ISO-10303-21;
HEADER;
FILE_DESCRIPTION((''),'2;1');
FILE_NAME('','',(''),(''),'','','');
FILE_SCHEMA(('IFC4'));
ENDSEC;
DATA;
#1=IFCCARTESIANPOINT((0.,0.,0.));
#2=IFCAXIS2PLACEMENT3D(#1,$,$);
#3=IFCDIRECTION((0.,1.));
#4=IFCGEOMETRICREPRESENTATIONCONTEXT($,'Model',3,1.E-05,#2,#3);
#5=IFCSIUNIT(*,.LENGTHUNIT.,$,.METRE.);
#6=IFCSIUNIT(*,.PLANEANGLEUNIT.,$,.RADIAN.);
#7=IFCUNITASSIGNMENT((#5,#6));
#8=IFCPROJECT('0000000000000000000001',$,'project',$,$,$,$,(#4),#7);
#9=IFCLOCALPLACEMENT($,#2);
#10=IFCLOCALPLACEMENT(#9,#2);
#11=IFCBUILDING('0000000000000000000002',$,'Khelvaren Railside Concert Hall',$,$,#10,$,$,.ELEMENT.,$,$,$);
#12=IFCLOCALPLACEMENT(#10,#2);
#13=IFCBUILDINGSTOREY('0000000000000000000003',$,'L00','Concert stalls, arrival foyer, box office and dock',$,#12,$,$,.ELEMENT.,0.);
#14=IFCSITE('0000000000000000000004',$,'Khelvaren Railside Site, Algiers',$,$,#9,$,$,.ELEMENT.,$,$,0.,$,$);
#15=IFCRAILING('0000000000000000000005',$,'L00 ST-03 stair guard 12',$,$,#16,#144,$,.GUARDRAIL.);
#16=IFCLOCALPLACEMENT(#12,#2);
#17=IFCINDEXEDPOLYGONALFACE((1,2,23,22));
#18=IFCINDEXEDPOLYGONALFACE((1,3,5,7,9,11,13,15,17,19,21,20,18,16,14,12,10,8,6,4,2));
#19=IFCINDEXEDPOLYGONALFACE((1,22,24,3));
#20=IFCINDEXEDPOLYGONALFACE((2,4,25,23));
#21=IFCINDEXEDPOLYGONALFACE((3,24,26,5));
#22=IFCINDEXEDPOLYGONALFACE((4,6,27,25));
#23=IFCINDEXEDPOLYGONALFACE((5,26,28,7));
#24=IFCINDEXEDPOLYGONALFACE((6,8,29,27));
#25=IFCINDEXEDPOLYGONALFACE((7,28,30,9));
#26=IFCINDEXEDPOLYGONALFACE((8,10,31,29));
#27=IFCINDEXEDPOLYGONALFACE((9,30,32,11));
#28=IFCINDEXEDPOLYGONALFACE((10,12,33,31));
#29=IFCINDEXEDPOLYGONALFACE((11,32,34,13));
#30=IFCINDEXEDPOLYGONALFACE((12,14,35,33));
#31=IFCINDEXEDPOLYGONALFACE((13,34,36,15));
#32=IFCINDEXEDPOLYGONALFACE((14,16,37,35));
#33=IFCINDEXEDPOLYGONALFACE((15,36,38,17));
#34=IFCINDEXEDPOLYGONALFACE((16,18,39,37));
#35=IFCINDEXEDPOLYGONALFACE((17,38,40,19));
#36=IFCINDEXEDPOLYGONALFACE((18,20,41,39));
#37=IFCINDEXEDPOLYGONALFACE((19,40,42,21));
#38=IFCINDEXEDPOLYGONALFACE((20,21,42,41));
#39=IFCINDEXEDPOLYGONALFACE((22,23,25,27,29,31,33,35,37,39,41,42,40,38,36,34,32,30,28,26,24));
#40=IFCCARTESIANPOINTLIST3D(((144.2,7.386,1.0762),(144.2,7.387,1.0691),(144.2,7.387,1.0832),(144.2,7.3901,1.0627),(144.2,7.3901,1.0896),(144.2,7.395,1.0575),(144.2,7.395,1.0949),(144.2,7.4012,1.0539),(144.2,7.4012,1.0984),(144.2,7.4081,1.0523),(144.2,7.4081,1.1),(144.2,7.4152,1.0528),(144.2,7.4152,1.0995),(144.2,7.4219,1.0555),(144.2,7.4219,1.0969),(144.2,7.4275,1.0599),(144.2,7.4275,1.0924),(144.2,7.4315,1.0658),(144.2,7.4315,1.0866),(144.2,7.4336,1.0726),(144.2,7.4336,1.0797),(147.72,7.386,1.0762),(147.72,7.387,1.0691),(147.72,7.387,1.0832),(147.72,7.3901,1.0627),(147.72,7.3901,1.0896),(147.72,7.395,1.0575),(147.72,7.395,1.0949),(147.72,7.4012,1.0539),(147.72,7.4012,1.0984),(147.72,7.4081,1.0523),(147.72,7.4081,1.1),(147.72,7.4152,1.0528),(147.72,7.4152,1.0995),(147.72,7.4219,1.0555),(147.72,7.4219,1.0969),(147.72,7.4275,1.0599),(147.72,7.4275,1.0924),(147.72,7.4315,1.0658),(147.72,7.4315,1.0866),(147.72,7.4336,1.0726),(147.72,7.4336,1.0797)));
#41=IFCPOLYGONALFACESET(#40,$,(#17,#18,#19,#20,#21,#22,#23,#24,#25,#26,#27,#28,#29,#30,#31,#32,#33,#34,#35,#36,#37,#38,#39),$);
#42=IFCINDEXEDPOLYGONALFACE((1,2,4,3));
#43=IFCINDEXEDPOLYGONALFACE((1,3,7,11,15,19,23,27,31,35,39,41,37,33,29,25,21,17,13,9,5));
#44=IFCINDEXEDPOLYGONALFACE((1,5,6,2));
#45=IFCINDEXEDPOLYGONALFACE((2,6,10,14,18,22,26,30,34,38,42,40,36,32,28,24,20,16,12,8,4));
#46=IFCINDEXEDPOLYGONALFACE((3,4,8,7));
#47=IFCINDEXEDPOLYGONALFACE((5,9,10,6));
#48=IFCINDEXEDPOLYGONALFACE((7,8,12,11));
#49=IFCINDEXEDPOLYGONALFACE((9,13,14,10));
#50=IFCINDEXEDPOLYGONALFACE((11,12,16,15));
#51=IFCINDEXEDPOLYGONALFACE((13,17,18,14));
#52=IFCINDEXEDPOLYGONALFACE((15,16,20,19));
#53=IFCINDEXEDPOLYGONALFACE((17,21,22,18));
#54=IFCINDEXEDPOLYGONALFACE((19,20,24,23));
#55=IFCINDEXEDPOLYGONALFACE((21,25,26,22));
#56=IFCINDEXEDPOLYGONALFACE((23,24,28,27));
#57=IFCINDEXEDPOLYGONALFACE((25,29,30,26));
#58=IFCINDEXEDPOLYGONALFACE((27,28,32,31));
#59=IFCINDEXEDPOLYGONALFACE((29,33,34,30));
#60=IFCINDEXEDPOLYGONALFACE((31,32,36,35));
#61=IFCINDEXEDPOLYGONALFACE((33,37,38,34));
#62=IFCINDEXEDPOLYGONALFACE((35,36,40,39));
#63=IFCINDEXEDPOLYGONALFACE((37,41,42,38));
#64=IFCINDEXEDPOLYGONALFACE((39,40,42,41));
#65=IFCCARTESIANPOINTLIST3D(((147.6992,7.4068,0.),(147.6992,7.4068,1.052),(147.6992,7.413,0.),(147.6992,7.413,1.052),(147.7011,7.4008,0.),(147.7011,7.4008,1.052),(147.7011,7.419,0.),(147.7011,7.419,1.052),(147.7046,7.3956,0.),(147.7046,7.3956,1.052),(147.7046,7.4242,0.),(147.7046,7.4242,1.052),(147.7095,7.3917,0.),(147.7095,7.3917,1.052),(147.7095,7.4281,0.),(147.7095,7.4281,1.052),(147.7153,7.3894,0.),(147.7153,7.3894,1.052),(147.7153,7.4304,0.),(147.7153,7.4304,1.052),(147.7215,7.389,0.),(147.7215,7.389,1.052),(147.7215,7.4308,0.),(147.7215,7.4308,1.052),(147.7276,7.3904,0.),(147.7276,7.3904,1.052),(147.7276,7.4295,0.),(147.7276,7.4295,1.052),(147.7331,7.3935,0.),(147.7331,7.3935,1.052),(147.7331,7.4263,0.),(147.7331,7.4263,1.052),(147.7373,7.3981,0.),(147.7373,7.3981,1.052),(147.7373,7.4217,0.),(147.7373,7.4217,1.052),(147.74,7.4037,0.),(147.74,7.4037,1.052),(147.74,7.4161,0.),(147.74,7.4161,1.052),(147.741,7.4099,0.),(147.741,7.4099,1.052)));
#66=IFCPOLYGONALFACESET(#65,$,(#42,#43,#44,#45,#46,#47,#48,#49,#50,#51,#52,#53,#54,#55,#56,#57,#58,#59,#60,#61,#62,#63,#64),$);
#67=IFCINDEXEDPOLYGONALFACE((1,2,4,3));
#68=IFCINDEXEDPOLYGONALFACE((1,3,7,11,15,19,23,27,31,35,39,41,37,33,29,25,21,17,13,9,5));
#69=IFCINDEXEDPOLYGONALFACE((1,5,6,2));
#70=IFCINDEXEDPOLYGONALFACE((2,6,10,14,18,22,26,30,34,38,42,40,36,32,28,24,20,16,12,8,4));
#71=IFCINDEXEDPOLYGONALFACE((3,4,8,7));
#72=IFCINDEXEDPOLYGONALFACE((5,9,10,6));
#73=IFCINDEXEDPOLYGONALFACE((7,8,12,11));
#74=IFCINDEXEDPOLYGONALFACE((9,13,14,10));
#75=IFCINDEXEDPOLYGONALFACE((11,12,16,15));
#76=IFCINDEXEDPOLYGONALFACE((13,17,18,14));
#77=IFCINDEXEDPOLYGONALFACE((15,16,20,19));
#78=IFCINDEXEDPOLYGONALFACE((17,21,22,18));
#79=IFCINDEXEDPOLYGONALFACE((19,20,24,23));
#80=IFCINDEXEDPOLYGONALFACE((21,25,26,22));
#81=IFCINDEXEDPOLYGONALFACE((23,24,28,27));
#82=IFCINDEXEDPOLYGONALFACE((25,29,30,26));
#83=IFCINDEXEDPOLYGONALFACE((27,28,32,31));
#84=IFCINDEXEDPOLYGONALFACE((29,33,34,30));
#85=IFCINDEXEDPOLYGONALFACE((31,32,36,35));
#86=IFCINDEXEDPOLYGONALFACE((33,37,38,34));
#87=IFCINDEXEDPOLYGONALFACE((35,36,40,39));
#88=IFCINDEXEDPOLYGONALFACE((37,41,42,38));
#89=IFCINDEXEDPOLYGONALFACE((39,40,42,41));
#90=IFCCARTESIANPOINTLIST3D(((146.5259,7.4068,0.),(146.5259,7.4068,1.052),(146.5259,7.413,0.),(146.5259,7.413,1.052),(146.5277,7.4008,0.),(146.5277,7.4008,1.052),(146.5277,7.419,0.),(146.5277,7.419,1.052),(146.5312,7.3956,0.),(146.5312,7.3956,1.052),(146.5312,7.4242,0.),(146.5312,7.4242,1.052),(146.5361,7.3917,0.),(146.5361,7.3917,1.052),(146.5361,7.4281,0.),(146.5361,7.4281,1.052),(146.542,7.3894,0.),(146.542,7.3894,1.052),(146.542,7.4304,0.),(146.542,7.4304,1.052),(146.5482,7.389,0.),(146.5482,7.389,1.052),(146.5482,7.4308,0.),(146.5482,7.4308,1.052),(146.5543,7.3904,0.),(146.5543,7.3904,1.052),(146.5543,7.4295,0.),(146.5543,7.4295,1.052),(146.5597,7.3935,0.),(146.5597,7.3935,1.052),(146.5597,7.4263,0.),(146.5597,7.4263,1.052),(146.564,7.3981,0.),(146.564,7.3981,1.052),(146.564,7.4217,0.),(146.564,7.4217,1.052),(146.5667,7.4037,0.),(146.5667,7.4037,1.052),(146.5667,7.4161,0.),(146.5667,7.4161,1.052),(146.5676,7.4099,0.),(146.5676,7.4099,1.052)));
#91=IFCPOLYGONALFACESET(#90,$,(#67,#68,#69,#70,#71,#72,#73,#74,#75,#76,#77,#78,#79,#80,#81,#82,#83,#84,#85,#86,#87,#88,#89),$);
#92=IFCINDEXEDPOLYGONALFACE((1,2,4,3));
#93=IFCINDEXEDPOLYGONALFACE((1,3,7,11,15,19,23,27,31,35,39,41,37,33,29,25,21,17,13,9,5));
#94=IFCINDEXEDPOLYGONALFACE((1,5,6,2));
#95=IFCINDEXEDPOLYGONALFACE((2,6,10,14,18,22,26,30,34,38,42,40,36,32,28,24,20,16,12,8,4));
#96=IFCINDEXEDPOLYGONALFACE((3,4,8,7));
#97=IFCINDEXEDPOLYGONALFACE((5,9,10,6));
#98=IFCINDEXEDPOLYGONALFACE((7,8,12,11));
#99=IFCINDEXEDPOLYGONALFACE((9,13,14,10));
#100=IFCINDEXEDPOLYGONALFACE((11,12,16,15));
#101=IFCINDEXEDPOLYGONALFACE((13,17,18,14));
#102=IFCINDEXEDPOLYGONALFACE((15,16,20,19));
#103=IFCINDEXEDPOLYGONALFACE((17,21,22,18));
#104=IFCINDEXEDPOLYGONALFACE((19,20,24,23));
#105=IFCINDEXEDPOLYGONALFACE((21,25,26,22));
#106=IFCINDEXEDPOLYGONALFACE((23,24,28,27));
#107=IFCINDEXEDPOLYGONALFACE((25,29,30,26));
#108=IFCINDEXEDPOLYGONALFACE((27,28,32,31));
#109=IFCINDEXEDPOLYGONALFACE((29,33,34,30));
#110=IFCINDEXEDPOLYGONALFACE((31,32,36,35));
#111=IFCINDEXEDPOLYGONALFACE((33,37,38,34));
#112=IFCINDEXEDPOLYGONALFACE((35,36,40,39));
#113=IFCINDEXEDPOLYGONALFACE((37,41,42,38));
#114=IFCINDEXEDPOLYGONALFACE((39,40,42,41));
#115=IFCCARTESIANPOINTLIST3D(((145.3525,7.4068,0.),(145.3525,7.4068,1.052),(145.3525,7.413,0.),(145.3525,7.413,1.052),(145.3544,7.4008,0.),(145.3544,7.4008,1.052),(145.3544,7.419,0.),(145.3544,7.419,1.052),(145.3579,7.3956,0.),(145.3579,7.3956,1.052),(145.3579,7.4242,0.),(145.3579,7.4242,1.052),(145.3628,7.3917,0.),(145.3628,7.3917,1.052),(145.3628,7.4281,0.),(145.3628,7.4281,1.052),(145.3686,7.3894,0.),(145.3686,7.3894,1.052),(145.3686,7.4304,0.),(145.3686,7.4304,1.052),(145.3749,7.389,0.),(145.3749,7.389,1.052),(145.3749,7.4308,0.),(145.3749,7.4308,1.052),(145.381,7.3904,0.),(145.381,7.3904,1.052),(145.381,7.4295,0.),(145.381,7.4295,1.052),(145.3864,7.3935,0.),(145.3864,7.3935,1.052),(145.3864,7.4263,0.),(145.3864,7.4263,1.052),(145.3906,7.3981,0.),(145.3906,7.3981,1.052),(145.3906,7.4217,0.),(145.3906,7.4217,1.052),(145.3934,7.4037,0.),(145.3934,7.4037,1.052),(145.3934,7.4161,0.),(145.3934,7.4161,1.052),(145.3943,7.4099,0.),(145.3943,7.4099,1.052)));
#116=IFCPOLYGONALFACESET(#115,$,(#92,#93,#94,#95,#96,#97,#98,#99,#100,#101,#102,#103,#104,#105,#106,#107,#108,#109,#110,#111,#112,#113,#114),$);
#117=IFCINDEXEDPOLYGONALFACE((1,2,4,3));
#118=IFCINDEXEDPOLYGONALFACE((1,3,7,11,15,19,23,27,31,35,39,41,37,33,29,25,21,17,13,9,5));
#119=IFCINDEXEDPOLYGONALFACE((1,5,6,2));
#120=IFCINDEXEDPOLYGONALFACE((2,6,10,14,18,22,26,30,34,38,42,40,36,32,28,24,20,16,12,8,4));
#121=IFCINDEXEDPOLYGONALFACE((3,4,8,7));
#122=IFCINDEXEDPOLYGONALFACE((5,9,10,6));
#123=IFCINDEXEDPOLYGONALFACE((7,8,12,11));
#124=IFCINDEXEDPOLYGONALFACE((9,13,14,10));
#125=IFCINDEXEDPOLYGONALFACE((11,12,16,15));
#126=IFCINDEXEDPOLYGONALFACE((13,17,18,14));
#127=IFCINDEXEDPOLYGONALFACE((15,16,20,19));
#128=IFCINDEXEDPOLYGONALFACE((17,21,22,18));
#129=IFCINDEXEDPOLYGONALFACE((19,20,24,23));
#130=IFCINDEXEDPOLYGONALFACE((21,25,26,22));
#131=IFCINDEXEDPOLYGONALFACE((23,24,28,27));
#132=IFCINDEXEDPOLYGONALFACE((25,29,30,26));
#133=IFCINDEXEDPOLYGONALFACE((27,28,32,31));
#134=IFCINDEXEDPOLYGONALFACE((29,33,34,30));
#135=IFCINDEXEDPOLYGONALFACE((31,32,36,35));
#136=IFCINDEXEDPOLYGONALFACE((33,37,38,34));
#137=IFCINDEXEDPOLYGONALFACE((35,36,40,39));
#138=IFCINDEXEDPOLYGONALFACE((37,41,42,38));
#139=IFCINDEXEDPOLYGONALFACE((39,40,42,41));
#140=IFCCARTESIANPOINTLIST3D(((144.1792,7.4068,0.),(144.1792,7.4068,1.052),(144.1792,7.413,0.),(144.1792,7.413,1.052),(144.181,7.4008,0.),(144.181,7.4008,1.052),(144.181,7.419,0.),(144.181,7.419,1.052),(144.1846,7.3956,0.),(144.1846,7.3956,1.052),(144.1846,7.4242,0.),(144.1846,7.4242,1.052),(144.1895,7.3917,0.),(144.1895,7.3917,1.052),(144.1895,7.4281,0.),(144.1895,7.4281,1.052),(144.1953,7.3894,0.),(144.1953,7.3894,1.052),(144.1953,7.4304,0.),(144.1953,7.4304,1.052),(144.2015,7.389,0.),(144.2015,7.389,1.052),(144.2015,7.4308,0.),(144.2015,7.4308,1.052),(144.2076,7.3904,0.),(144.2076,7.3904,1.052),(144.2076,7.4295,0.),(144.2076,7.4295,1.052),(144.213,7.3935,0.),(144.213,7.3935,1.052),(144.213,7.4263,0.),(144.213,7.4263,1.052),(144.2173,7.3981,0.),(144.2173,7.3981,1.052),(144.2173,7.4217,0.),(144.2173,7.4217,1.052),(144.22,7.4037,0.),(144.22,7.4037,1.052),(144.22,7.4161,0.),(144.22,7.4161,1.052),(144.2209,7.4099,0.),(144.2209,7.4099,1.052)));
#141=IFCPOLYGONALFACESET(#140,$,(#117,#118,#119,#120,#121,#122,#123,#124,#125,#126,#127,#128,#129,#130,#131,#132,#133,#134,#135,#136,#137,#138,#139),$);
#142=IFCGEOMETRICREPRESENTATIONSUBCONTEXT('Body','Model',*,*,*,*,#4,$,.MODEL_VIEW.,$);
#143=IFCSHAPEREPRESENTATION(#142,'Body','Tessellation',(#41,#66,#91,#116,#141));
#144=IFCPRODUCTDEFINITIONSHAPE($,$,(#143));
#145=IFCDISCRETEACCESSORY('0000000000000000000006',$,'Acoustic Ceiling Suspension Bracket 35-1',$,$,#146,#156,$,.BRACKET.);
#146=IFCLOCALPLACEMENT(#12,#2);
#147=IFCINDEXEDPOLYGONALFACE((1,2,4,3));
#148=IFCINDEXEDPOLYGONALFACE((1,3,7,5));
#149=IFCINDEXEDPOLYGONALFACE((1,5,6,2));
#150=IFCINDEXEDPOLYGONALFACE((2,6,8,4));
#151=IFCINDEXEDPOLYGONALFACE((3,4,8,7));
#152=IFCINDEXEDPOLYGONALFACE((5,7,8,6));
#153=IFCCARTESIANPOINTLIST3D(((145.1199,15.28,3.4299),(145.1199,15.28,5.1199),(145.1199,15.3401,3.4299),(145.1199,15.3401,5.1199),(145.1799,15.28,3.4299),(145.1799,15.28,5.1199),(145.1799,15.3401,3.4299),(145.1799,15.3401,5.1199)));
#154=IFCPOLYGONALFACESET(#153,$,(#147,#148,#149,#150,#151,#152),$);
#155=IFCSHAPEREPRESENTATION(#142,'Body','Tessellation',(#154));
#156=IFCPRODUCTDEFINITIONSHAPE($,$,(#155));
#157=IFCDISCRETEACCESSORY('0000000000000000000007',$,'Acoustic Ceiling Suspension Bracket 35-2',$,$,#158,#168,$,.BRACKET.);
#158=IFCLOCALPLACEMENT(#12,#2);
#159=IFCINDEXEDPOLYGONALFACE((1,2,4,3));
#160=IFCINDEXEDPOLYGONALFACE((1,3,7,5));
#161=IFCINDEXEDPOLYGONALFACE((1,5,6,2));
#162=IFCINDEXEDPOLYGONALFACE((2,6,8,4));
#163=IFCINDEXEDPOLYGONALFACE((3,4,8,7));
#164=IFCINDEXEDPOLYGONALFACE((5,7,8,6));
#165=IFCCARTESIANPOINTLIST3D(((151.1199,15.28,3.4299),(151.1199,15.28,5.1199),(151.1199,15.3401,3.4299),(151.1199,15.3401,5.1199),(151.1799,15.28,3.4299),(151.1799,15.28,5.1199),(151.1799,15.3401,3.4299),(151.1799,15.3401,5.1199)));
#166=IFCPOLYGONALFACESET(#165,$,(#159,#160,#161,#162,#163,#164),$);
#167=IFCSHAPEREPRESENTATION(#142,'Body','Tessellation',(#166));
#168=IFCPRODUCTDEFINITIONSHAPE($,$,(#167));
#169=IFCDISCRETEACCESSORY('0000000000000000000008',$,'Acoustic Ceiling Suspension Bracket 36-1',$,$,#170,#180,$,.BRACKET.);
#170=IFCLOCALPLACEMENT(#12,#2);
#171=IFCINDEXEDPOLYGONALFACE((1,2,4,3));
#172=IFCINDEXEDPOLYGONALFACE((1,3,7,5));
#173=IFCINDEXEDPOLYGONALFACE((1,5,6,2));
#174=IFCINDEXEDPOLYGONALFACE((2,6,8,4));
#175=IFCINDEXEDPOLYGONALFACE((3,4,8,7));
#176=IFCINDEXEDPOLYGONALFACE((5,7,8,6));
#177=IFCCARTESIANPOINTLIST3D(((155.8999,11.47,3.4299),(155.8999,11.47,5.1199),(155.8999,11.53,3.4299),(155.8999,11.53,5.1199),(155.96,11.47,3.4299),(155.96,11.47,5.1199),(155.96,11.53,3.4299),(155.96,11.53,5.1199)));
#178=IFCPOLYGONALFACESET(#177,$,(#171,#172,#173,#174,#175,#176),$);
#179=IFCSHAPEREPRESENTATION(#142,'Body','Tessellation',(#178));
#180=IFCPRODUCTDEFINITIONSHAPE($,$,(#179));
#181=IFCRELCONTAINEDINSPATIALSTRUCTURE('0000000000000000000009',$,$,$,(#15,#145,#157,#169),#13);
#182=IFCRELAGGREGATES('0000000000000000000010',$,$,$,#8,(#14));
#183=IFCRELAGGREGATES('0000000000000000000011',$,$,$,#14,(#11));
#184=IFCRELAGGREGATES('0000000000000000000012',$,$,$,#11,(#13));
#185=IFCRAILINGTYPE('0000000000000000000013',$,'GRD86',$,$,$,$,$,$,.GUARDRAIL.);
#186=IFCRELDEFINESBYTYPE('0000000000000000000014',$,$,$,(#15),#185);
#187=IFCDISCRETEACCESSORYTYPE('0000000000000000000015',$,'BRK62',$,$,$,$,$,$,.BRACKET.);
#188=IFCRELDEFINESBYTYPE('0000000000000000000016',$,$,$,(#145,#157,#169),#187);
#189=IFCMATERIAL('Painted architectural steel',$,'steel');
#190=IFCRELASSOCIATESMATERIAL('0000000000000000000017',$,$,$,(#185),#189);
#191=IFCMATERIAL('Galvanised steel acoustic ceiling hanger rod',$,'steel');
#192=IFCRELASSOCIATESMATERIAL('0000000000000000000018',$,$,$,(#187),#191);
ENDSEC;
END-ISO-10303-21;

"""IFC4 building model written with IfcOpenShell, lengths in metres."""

from ifc_helpers import new_model, si_unit, direction, frame, origin, origin_2d, place, context, subcontext, project, spatial, rectangle, circle, extrude, material, type_object, element, save


model = new_model("IFC4")

# Units and contexts
model_context = context("Model", 3, precision=1e-05, world=origin(), true_north=direction((0.0, 1.0)))
body_context = subcontext(model_context, "Body", "Model", "MODEL_VIEW")
ifc_project = project(units=[si_unit("LENGTHUNIT", "METRE"), si_unit("PLANEANGLEUNIT", "RADIAN")], contexts=[model_context])

# Site, building, storey
site_placement = place(None, origin())
site = spatial("IfcSite", under=ifc_project, at=site_placement, Name="Khelvaren Railside Site, Algiers", CompositionType="ELEMENT", RefElevation=0.0)
building_placement = place(site_placement, origin())
building = spatial("IfcBuilding", under=site, at=building_placement, Name="Khelvaren Railside Concert Hall", CompositionType="ELEMENT")
storey_placement = place(building_placement, origin())
storey = spatial("IfcBuildingStorey", under=building, at=storey_placement, Name="L00", Description="Concert stalls, arrival foyer, box office and dock", CompositionType="ELEMENT", Elevation=0.0)

# Railing
ifc_material_1 = material(Name="Painted architectural steel", Category="steel")
railing_type = type_object("IfcRailingType", Name="GRD86", PredefinedType="GUARDRAIL", material=ifc_material_1)
railing_placement = place(storey_placement, frame((147.72, 7.4099, 0.0)))
element("IfcRailing", 1, at=railing_placement, inside=storey, type_object=railing_type, Name="L00 ST-03 stair guard 12", PredefinedType="GUARDRAIL", context=body_context, shape_type="SweptSolid", body=[
    extrude(circle(Radius=0.0239, at=origin_2d()), frame((0.0, 0.0, 1.0762), z_axis=(-1.0, 0.0, 0.0), x_axis=(0.0, -1.0, 0.0)), (0.0, 0.0, 1.0), 3.52),
    extrude(circle(Radius=0.021, at=origin_2d()), origin(), (0.0, 0.0, 1.0), 1.052),
    extrude(circle(Radius=0.021, at=origin_2d()), frame((-1.1733, 0.0, 0.0)), (0.0, 0.0, 1.0), 1.052),
    extrude(circle(Radius=0.021, at=origin_2d()), frame((-2.3467, 0.0, 0.0)), (0.0, 0.0, 1.0), 1.052),
    extrude(circle(Radius=0.021, at=origin_2d()), frame((-3.52, 0.0, 0.0)), (0.0, 0.0, 1.0), 1.052),
])

# Discrete accessories
ifc_material_2 = material(Name="Galvanised steel acoustic ceiling hanger rod", Category="steel")
discrete_accessory_type = type_object("IfcDiscreteAccessoryType", Name="BRK62", PredefinedType="BRACKET", material=ifc_material_2)
for number, where, z_axis, x_axis, name in (
    (2, (145.1499, 15.3101, 3.4299), (0.0, 0.0, 1.0), (1.0, 0.0, 0.0), "Acoustic Ceiling Suspension Bracket 35-1"),
    (3, (151.1499, 15.3101, 3.4299), (0.0, 0.0, 1.0), (1.0, 0.0, 0.0), "Acoustic Ceiling Suspension Bracket 35-2"),
    (4, (155.9299, 11.5, 3.4299), (0.0, 0.0, 1.0), (1.0, 0.0, 0.0), "Acoustic Ceiling Suspension Bracket 36-1"),
):
    element("IfcDiscreteAccessory", number, at=place(storey_placement, frame(where, z_axis=z_axis, x_axis=x_axis)), inside=storey, type_object=discrete_accessory_type, Name=name, PredefinedType="BRACKET", context=body_context, shape_type="SweptSolid", body=[
        extrude(rectangle(XDim=0.0601, YDim=0.0601, at=origin_2d()), origin(), (0.0, 0.0, 1.0), 1.6899),
    ])

save(model, "model.ifc")
